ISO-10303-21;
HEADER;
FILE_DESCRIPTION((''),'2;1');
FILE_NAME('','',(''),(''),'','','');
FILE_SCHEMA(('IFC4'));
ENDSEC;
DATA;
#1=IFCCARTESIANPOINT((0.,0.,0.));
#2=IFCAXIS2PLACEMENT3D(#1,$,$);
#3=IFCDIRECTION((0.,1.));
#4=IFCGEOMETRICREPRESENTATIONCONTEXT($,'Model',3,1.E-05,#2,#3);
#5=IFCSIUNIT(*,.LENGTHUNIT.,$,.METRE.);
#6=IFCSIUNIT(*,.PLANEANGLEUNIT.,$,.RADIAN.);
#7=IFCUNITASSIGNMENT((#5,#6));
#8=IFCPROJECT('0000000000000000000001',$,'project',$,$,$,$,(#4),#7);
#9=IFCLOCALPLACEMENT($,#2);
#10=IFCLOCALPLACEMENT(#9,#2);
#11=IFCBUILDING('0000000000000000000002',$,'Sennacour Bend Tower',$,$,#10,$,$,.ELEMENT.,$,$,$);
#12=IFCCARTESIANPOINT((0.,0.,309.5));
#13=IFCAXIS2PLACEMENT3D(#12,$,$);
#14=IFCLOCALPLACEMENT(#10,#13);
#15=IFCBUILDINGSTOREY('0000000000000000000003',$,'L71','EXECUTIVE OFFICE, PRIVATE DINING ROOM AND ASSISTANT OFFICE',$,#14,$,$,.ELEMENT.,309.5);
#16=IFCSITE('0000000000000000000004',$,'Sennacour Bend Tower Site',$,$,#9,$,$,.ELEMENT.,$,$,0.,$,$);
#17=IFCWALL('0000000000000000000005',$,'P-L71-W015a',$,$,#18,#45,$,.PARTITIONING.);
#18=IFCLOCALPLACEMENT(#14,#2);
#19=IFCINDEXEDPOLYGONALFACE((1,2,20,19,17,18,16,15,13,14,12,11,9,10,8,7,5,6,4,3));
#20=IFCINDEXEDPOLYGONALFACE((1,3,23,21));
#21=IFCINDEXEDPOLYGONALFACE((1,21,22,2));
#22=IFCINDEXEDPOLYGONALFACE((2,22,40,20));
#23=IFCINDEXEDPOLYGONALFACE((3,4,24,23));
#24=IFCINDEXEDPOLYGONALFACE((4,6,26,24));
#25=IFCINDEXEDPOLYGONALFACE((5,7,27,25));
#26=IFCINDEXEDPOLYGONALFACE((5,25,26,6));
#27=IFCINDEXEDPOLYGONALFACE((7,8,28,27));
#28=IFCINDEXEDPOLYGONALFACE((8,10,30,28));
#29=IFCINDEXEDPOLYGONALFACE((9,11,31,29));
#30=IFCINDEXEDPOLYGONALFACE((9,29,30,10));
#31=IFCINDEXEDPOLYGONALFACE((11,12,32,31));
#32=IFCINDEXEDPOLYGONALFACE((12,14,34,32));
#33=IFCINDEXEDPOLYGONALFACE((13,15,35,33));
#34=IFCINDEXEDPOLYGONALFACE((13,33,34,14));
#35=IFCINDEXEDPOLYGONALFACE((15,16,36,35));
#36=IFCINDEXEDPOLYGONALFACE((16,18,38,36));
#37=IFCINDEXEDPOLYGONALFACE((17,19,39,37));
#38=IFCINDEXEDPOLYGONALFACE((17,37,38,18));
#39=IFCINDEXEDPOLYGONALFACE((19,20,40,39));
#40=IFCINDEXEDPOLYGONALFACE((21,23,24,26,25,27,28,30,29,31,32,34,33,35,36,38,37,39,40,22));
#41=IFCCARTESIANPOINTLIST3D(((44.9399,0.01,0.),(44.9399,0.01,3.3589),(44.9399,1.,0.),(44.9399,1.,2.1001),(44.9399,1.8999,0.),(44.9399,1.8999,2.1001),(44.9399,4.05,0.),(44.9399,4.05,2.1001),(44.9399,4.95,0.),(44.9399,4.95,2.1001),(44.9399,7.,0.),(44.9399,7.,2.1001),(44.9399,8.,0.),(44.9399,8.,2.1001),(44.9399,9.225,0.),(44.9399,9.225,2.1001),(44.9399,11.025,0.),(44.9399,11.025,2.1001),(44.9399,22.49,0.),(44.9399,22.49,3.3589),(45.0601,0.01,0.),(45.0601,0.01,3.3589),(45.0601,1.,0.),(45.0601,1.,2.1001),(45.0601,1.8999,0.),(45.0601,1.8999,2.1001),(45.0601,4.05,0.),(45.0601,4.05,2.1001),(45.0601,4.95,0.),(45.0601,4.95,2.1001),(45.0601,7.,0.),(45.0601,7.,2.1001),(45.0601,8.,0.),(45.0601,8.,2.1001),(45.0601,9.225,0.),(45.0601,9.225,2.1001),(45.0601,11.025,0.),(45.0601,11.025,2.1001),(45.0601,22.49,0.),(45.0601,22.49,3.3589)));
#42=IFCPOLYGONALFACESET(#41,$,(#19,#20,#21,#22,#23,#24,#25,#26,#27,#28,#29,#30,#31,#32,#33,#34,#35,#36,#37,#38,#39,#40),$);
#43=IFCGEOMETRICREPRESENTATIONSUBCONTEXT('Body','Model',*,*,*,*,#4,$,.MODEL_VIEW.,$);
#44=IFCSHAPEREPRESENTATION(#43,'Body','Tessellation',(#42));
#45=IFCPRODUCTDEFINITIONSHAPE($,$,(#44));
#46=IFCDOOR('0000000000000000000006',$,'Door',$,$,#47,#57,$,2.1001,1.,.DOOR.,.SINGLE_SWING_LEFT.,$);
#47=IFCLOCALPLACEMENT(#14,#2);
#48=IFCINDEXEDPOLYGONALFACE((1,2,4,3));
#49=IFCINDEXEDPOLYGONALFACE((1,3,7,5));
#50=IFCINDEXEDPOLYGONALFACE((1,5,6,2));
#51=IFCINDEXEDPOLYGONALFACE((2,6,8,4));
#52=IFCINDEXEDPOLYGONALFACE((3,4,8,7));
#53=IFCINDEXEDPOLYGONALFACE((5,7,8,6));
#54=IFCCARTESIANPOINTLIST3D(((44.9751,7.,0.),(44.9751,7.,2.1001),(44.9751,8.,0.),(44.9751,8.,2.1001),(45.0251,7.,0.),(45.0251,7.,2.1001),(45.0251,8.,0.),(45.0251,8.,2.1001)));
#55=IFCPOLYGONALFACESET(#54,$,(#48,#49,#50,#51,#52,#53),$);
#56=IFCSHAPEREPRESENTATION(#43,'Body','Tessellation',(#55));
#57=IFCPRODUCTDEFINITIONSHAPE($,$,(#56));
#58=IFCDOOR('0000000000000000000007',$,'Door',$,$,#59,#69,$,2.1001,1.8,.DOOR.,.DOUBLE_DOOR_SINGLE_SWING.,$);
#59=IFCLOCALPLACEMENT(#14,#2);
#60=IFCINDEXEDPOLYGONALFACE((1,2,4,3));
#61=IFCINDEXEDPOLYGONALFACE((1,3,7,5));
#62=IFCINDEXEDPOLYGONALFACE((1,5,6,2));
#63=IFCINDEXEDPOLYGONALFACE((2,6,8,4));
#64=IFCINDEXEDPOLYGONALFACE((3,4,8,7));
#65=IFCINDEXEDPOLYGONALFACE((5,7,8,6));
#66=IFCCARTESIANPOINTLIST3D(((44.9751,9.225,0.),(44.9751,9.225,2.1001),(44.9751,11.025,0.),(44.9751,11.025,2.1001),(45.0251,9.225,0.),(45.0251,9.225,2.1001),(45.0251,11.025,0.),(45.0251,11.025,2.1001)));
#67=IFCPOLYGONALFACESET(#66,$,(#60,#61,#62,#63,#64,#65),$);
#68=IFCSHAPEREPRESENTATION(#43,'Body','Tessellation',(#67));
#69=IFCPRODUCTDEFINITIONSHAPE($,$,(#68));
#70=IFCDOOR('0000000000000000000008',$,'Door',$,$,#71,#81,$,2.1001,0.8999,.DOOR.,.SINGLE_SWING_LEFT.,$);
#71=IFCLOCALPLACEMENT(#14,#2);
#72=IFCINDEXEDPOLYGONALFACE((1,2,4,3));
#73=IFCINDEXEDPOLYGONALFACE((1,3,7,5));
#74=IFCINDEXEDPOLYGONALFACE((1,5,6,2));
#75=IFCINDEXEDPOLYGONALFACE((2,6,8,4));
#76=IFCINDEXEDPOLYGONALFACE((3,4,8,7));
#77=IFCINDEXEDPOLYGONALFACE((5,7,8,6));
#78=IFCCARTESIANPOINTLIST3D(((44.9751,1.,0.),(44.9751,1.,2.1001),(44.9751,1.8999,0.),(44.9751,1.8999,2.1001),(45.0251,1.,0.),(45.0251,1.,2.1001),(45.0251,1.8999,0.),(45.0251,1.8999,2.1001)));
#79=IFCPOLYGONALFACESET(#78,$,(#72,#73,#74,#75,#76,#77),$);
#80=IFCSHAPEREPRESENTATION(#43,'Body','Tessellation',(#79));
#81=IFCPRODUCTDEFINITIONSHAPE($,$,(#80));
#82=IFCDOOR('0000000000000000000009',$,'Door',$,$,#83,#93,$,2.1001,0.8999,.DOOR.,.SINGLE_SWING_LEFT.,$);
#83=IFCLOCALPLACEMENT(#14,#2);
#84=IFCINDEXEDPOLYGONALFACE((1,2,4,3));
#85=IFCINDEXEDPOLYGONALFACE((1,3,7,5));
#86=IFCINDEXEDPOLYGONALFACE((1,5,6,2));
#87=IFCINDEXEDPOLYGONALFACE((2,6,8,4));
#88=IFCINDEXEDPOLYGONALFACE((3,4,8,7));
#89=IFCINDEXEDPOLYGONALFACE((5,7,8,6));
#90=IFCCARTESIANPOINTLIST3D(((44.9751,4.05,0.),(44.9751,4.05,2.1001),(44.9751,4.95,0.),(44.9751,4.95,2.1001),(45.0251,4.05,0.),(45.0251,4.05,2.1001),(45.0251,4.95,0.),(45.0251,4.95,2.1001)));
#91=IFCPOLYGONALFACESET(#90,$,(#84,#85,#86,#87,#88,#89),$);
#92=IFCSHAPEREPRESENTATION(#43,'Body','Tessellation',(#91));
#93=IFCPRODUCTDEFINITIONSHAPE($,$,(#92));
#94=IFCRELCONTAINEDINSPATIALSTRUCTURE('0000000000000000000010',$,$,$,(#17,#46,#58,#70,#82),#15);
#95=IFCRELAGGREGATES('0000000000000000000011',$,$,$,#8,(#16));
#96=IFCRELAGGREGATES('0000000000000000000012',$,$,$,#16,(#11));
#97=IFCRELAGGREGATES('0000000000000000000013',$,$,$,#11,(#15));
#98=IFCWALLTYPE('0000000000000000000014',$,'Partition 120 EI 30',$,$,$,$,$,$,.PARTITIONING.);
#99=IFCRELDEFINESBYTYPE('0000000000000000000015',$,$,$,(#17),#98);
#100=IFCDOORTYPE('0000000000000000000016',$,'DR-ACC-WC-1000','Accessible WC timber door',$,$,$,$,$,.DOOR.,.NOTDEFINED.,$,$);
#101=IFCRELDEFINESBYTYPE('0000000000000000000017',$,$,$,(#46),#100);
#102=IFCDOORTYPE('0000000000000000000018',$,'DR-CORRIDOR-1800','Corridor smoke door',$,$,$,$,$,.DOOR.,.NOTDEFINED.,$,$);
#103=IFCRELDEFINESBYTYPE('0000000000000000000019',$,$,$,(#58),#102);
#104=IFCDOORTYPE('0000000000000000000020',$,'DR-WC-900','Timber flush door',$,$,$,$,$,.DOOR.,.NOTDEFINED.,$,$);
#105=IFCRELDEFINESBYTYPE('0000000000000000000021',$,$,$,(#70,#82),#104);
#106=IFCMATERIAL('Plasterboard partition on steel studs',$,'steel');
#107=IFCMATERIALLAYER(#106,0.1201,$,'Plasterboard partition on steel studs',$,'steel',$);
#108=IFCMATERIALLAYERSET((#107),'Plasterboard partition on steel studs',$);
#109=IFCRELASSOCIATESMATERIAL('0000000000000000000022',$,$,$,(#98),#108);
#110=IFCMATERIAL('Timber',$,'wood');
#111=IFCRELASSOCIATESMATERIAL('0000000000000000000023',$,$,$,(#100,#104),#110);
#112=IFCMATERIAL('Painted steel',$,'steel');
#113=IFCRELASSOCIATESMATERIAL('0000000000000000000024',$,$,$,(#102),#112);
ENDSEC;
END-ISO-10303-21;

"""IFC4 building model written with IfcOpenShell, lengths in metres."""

from ifc_helpers import new_model, si_unit, direction, frame, frame_2d, origin, place, context, subcontext, project, spatial, rectangle, extrude, material, layer, layer_set, type_object, element, fill, save


model = new_model("IFC4")

# Units and contexts
model_context = context("Model", 3, precision=1e-05, world=origin(), true_north=direction((0.0, 1.0)))
body_context = subcontext(model_context, "Body", "Model", "MODEL_VIEW")
ifc_project = project(units=[si_unit("LENGTHUNIT", "METRE"), si_unit("PLANEANGLEUNIT", "RADIAN")], contexts=[model_context])

# Site, building, storey
site_placement = place(None, origin())
site = spatial("IfcSite", under=ifc_project, at=site_placement, Name="Sennacour Bend Tower Site", CompositionType="ELEMENT", RefElevation=0.0)
building_placement = place(site_placement, origin())
building = spatial("IfcBuilding", under=site, at=building_placement, Name="Sennacour Bend Tower", CompositionType="ELEMENT")
storey_placement = place(building_placement, frame((0.0, 0.0, 309.5)))
storey = spatial("IfcBuildingStorey", under=building, at=storey_placement, Name="L71", Description="EXECUTIVE OFFICE, PRIVATE DINING ROOM AND ASSISTANT OFFICE", CompositionType="ELEMENT", Elevation=309.5)

# Shared definitions
ifc_material_1 = material(Name="Plasterboard partition on steel studs", Category="steel")

# Wall, openings, doors
ifc_layer_1 = layer(ifc_material_1, 0.1201, Name="Plasterboard partition on steel studs", Category="steel")
ifc_layer_set_1 = layer_set([ifc_layer_1], Name="Plasterboard partition on steel studs")
wall_type_1 = type_object("IfcWallType", Name="Partition 120 EI 30", PredefinedType="PARTITIONING", material=ifc_layer_set_1)
wall_1_placement = place(storey_placement, frame((45.0, 0.01, 0.0), z_axis=(0.0, 0.0, 1.0), x_axis=(0.0, 1.0, 0.0)))
wall_1 = element("IfcWall", 1, at=wall_1_placement, inside=storey, type_object=wall_type_1, Name="P-L71-W015a", PredefinedType="PARTITIONING", context=body_context, shape_type="SweptSolid", body=[
    extrude(rectangle(XDim=22.48, YDim=0.1201, at=frame_2d((11.24, 0.0))), origin(), (0.0, 0.0, 1.0), 3.3589),
])
opening_1_placement = place(wall_1_placement, frame((9.2151, 0.0, 0.0)))
opening_1 = element("IfcOpeningElement", 2, at=opening_1_placement, cuts=wall_1, PredefinedType="OPENING", context=body_context, shape_type="SweptSolid", body=[
    extrude(rectangle(XDim=1.8, YDim=2.1001, at=frame_2d((0.8999, 1.05))), frame((0.0, 0.0701, 0.0), z_axis=(0.0, -1.0, 0.0), x_axis=(1.0, 0.0, 0.0)), (0.0, 0.0, 1.0), 0.1401),
])
opening_2_placement = place(wall_1_placement, frame((0.99, 0.0, 0.0)))
opening_2 = element("IfcOpeningElement", 3, at=opening_2_placement, cuts=wall_1, PredefinedType="OPENING", context=body_context, shape_type="SweptSolid", body=[
    extrude(rectangle(XDim=0.8999, YDim=2.1001, at=frame_2d((0.45, 1.05))), frame((0.0, 0.0701, 0.0), z_axis=(0.0, -1.0, 0.0), x_axis=(1.0, 0.0, 0.0)), (0.0, 0.0, 1.0), 0.1401),
])
opening_3_placement = place(wall_1_placement, frame((4.04, 0.0, 0.0)))
opening_3 = element("IfcOpeningElement", 4, at=opening_3_placement, cuts=wall_1, PredefinedType="OPENING", context=body_context, shape_type="SweptSolid", body=[
    extrude(rectangle(XDim=0.8999, YDim=2.1001, at=frame_2d((0.45, 1.05))), frame((0.0, 0.0701, 0.0), z_axis=(0.0, -1.0, 0.0), x_axis=(1.0, 0.0, 0.0)), (0.0, 0.0, 1.0), 0.1401),
])
opening_4_placement = place(wall_1_placement, frame((6.99, 0.0, 0.0)))
opening_4 = element("IfcOpeningElement", 5, at=opening_4_placement, cuts=wall_1, PredefinedType="OPENING", context=body_context, shape_type="SweptSolid", body=[
    extrude(rectangle(XDim=1.0, YDim=2.1001, at=frame_2d((0.5, 1.05))), frame((0.0, 0.0701, 0.0), z_axis=(0.0, -1.0, 0.0), x_axis=(1.0, 0.0, 0.0)), (0.0, 0.0, 1.0), 0.1401),
])
ifc_material_2 = material(Name="Timber", Category="wood")
door_type_1 = type_object("IfcDoorType", Name="DR-ACC-WC-1000", Description="Accessible WC timber door", OperationType="NOTDEFINED", PredefinedType="DOOR", material=ifc_material_2)
door_1_placement = place(opening_4_placement, origin())
door_1 = element("IfcDoor", 6, at=door_1_placement, inside=storey, type_object=door_type_1, Name="Door", OperationType="SINGLE_SWING_LEFT", OverallHeight=2.1001, OverallWidth=1.0, PredefinedType="DOOR", context=body_context, shape_type="SweptSolid", body=[
    extrude(rectangle(XDim=1.0, YDim=2.1001, at=frame_2d((0.5, 1.05))), frame((0.0, 0.0249, 0.0), z_axis=(0.0, -1.0, 0.0), x_axis=(1.0, 0.0, 0.0)), (0.0, 0.0, 1.0), 0.05),
])
fill(opening_4, door_1)
ifc_material_3 = material(Name="Painted steel", Category="steel")
door_type_2 = type_object("IfcDoorType", Name="DR-CORRIDOR-1800", Description="Corridor smoke door", OperationType="NOTDEFINED", PredefinedType="DOOR", material=ifc_material_3)
door_2_placement = place(opening_1_placement, origin())
door_2 = element("IfcDoor", 7, at=door_2_placement, inside=storey, type_object=door_type_2, Name="Door", OperationType="DOUBLE_DOOR_SINGLE_SWING", OverallHeight=2.1001, OverallWidth=1.8, PredefinedType="DOOR", context=body_context, shape_type="SweptSolid", body=[
    extrude(rectangle(XDim=1.8, YDim=2.1001, at=frame_2d((0.8999, 1.05))), frame((0.0, 0.0249, 0.0), z_axis=(0.0, -1.0, 0.0), x_axis=(1.0, 0.0, 0.0)), (0.0, 0.0, 1.0), 0.05),
])
fill(opening_1, door_2)
door_type_3 = type_object("IfcDoorType", Name="DR-WC-900", Description="Timber flush door", OperationType="NOTDEFINED", PredefinedType="DOOR", material=ifc_material_2)
door_3_placement = place(opening_2_placement, origin())
door_3 = element("IfcDoor", 8, at=door_3_placement, inside=storey, type_object=door_type_3, Name="Door", OperationType="SINGLE_SWING_LEFT", OverallHeight=2.1001, OverallWidth=0.8999, PredefinedType="DOOR", context=body_context, shape_type="SweptSolid", body=[
    extrude(rectangle(XDim=0.8999, YDim=2.1001, at=frame_2d((0.45, 1.05))), frame((0.0, 0.0249, 0.0), z_axis=(0.0, -1.0, 0.0), x_axis=(1.0, 0.0, 0.0)), (0.0, 0.0, 1.0), 0.05),
])
fill(opening_2, door_3)
door_4_placement = place(opening_3_placement, origin())
door_4 = element("IfcDoor", 9, at=door_4_placement, inside=storey, type_object=door_type_3, Name="Door", OperationType="SINGLE_SWING_LEFT", OverallHeight=2.1001, OverallWidth=0.8999, PredefinedType="DOOR", context=body_context, shape_type="SweptSolid", body=[
    extrude(rectangle(XDim=0.8999, YDim=2.1001, at=frame_2d((0.45, 1.05))), frame((0.0, 0.0249, 0.0), z_axis=(0.0, -1.0, 0.0), x_axis=(1.0, 0.0, 0.0)), (0.0, 0.0, 1.0), 0.05),
])
fill(opening_3, door_4)

save(model, "model.ifc")
